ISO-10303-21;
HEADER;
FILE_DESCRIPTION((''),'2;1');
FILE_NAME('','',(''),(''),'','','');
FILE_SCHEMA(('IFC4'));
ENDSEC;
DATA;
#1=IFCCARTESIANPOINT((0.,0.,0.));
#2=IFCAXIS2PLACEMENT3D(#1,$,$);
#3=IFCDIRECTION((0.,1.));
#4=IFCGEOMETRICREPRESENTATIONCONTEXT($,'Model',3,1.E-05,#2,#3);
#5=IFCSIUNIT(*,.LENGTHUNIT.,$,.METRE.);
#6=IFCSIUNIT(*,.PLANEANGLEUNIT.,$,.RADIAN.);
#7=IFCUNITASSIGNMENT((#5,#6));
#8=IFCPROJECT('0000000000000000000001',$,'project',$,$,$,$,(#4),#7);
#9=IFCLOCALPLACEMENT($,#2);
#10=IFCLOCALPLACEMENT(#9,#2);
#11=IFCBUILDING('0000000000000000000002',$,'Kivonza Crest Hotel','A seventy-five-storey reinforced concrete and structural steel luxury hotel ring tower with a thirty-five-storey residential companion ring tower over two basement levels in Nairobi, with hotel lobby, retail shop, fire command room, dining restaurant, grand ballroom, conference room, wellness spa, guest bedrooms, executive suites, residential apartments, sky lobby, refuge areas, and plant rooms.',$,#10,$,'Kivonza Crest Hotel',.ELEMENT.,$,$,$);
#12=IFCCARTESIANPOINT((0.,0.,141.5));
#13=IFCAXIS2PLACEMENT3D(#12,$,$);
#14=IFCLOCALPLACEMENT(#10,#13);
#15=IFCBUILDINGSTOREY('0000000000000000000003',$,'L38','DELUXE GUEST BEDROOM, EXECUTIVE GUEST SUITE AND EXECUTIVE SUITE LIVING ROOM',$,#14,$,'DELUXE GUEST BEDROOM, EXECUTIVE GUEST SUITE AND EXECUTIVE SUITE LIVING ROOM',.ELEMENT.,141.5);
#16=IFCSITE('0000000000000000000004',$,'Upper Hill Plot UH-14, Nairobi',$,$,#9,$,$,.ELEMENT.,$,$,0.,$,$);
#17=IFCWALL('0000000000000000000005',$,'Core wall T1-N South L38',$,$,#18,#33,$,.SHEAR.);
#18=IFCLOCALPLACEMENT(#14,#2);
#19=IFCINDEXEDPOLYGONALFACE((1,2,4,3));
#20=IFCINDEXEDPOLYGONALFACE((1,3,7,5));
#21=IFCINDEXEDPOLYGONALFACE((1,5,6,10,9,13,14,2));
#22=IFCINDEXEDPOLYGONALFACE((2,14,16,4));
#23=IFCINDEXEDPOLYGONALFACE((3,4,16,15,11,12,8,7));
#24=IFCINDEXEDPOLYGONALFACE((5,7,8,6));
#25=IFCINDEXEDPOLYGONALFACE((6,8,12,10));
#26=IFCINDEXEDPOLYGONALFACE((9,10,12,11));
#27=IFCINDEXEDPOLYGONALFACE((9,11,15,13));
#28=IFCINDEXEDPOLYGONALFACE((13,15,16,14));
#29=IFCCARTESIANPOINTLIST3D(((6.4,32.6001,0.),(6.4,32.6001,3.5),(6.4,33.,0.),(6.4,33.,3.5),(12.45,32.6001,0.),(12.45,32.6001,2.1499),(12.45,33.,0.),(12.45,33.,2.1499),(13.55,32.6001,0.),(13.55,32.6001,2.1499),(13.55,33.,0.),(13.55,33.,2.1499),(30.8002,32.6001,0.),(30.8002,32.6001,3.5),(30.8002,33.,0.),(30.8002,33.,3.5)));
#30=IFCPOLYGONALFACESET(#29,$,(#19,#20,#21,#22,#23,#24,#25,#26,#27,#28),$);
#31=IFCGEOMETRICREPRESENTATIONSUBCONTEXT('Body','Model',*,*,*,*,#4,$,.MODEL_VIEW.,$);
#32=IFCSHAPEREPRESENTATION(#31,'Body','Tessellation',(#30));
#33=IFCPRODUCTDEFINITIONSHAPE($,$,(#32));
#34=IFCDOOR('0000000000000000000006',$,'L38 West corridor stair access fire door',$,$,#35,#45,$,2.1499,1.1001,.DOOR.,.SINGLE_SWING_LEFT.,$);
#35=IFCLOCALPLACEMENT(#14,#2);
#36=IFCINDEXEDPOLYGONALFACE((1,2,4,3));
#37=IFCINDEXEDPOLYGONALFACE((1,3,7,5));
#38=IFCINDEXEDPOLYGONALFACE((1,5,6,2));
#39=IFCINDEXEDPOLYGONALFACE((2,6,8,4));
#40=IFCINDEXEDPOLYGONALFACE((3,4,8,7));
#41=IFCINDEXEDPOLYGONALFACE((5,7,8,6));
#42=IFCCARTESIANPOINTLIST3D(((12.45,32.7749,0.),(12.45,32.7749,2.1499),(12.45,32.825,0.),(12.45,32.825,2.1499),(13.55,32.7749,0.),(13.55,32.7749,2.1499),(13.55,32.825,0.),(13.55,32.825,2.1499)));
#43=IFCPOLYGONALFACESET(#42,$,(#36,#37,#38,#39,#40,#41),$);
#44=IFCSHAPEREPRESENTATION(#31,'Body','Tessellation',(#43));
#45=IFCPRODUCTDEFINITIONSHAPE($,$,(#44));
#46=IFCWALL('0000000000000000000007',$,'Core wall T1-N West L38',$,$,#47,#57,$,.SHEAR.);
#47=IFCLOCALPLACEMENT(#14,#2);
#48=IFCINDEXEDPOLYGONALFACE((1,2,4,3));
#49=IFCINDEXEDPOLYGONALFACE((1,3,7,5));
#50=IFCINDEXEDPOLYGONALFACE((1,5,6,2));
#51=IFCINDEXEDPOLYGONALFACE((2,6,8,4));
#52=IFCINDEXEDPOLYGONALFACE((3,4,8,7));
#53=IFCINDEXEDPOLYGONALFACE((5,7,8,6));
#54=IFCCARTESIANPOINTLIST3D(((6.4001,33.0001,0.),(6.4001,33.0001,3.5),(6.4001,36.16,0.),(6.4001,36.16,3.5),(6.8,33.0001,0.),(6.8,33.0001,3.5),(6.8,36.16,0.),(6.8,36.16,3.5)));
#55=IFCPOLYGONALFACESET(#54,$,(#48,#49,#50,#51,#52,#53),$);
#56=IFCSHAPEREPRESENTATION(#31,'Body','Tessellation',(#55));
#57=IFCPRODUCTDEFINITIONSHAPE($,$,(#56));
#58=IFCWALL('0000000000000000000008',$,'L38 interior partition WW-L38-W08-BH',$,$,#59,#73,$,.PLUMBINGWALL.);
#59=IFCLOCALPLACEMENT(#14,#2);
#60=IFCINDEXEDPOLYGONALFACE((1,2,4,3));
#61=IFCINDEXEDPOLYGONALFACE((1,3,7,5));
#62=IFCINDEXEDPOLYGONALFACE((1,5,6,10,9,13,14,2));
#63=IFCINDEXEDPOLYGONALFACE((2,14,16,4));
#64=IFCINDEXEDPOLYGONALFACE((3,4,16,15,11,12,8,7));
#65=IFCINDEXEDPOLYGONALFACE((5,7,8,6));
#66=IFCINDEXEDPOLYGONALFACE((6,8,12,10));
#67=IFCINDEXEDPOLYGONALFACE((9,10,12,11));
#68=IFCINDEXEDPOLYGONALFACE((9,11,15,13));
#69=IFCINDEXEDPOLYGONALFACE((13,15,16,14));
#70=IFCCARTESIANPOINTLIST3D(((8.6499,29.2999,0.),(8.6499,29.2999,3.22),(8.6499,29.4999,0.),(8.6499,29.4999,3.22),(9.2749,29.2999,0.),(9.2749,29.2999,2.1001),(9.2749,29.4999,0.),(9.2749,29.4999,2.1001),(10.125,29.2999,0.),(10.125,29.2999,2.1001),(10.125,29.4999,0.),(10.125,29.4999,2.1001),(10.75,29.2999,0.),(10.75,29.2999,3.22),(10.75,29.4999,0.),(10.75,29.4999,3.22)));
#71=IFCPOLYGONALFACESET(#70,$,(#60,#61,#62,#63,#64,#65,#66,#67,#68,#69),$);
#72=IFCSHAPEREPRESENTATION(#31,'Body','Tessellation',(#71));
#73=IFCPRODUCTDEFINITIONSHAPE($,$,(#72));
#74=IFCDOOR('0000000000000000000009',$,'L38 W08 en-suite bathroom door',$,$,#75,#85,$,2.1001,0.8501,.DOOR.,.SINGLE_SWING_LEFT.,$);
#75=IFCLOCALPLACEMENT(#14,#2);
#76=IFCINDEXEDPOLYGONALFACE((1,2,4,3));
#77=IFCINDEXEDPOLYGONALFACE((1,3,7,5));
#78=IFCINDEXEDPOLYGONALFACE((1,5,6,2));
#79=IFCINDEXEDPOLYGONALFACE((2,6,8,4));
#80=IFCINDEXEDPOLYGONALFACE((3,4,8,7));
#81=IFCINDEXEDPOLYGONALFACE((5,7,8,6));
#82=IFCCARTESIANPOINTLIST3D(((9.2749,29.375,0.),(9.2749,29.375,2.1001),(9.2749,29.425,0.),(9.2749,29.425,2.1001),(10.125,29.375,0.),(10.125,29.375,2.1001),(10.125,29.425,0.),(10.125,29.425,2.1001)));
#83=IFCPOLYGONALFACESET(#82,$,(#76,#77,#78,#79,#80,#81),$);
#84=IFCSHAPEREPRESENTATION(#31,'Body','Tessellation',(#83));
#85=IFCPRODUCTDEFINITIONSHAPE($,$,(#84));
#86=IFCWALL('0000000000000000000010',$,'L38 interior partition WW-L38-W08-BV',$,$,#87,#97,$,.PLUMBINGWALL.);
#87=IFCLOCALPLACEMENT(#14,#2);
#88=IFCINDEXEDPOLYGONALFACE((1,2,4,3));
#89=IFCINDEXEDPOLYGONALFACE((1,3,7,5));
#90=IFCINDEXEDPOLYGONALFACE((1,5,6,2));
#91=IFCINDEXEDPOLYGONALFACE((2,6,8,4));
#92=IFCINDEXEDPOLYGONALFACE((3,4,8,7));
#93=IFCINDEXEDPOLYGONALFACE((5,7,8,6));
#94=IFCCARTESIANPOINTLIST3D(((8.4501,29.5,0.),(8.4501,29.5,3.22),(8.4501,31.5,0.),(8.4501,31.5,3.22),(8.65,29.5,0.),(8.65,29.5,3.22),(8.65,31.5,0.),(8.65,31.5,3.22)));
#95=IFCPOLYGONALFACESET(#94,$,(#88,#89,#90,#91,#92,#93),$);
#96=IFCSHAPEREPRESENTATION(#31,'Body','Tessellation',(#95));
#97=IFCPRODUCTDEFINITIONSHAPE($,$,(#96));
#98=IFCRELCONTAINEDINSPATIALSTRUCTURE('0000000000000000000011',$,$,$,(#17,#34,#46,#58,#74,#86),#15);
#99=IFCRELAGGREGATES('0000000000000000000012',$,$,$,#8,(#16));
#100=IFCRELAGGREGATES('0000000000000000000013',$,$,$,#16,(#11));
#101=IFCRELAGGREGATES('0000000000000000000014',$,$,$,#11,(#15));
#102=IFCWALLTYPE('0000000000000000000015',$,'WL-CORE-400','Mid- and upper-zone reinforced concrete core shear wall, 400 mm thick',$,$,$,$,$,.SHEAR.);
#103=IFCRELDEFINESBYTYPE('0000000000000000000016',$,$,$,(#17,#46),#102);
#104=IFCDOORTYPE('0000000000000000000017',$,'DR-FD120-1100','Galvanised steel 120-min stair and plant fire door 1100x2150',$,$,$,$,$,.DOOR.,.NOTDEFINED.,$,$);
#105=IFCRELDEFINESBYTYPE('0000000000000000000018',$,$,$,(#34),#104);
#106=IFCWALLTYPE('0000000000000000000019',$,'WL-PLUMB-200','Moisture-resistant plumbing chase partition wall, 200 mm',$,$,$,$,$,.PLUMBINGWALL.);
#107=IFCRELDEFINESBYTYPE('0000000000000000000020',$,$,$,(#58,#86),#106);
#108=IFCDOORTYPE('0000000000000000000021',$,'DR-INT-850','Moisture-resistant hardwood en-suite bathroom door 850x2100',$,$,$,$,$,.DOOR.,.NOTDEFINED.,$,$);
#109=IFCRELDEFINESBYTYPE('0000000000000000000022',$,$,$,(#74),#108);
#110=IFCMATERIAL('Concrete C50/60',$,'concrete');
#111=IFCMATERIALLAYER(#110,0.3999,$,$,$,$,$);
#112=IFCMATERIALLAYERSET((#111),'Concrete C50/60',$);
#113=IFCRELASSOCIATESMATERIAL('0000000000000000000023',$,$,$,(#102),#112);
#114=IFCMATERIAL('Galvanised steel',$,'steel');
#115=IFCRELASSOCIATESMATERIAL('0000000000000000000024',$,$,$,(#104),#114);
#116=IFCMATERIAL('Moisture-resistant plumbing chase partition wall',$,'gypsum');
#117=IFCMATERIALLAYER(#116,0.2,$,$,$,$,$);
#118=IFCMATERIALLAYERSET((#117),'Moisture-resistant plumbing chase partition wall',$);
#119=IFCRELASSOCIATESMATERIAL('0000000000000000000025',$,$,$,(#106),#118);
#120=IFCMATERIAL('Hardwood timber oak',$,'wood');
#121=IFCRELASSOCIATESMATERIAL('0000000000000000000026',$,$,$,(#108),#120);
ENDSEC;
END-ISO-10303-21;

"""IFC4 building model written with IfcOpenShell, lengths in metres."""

from ifc_helpers import new_model, si_unit, direction, frame, frame_2d, origin, place, context, subcontext, project, spatial, rectangle, extrude, material, layer, layer_set, type_object, element, fill, save


model = new_model("IFC4")

# Units and contexts
model_context = context("Model", 3, precision=1e-05, world=origin(), true_north=direction((0.0, 1.0)))
body_context = subcontext(model_context, "Body", "Model", "MODEL_VIEW")
ifc_project = project(units=[si_unit("LENGTHUNIT", "METRE"), si_unit("PLANEANGLEUNIT", "RADIAN")], contexts=[model_context])

# Site, building, storey
site_placement = place(None, origin())
site = spatial("IfcSite", under=ifc_project, at=site_placement, Name="Upper Hill Plot UH-14, Nairobi", CompositionType="ELEMENT", RefElevation=0.0)
building_placement = place(site_placement, origin())
building = spatial("IfcBuilding", under=site, at=building_placement, Name="Kivonza Crest Hotel", Description="A seventy-five-storey reinforced concrete and structural steel luxury hotel ring tower with a thirty-five-storey residential companion ring tower over two basement levels in Nairobi, with hotel lobby, retail shop, fire command room, dining restaurant, grand ballroom, conference room, wellness spa, guest bedrooms, executive suites, residential apartments, sky lobby, refuge areas, and plant rooms.", LongName="Kivonza Crest Hotel", CompositionType="ELEMENT")
storey_placement = place(building_placement, frame((0.0, 0.0, 141.5)))
storey = spatial("IfcBuildingStorey", under=building, at=storey_placement, Name="L38", Description="DELUXE GUEST BEDROOM, EXECUTIVE GUEST SUITE AND EXECUTIVE SUITE LIVING ROOM", LongName="DELUXE GUEST BEDROOM, EXECUTIVE GUEST SUITE AND EXECUTIVE SUITE LIVING ROOM", CompositionType="ELEMENT", Elevation=141.5)

# Shared definitions
ifc_material_1 = material(Name="Concrete C50/60", Category="concrete")

# Wall, opening, door
ifc_layer_1 = layer(ifc_material_1, 0.3999)
ifc_layer_set_1 = layer_set([ifc_layer_1], Name="Concrete C50/60")
wall_type_1 = type_object("IfcWallType", Name="WL-CORE-400", Description="Mid- and upper-zone reinforced concrete core shear wall, 400 mm thick", PredefinedType="SHEAR", material=ifc_layer_set_1)
wall_1_placement = place(storey_placement, frame((6.3999, 32.8, 0.0), z_axis=(0.0, 0.0, 1.0), x_axis=(1.0, 0.0, 0.0)))
wall_1 = element("IfcWall", 1, at=wall_1_placement, inside=storey, type_object=wall_type_1, Name="Core wall T1-N South L38", PredefinedType="SHEAR", context=body_context, shape_type="SweptSolid", body=[
    extrude(rectangle(XDim=24.4001, YDim=0.3999, at=frame_2d((12.2002, 0.0))), origin(), (0.0, 0.0, 1.0), 3.5),
])
opening_1_placement = place(wall_1_placement, frame((6.05, 0.0, 0.0)))
opening_1 = element("IfcOpeningElement", 2, at=opening_1_placement, cuts=wall_1, PredefinedType="OPENING", context=body_context, shape_type="SweptSolid", body=[
    extrude(rectangle(XDim=1.1001, YDim=2.1499, at=frame_2d((0.55, 1.075))), frame((0.0, 0.21, 0.0), z_axis=(0.0, -1.0, 0.0), x_axis=(1.0, 0.0, 0.0)), (0.0, 0.0, 1.0), 0.4199),
])
ifc_material_2 = material(Name="Galvanised steel", Category="steel")
door_type_1 = type_object("IfcDoorType", Name="DR-FD120-1100", Description="Galvanised steel 120-min stair and plant fire door 1100x2150", OperationType="NOTDEFINED", PredefinedType="DOOR", material=ifc_material_2)
door_1_placement = place(opening_1_placement, origin())
door_1 = element("IfcDoor", 3, at=door_1_placement, inside=storey, type_object=door_type_1, Name="L38 West corridor stair access fire door", OperationType="SINGLE_SWING_LEFT", OverallHeight=2.1499, OverallWidth=1.1001, PredefinedType="DOOR", context=body_context, shape_type="SweptSolid", body=[
    extrude(rectangle(XDim=1.1001, YDim=2.1499, at=frame_2d((0.55, 1.075))), frame((0.0, 0.0249, 0.0), z_axis=(0.0, -1.0, 0.0), x_axis=(1.0, 0.0, 0.0)), (0.0, 0.0, 1.0), 0.05),
])
fill(opening_1, door_1)

# Wall
wall_2_placement = place(storey_placement, frame((6.6001, 33.0, 0.0), z_axis=(0.0, 0.0, 1.0), x_axis=(0.0, 1.0, 0.0)))
element("IfcWall", 4, at=wall_2_placement, inside=storey, type_object=wall_type_1, Name="Core wall T1-N West L38", PredefinedType="SHEAR", context=body_context, shape_type="SweptSolid", body=[
    extrude(rectangle(XDim=3.1599, YDim=0.3999, at=frame_2d((1.5801, 0.0))), origin(), (0.0, 0.0, 1.0), 3.5),
])

# Wall, opening, door
ifc_material_3 = material(Name="Moisture-resistant plumbing chase partition wall", Category="gypsum")
ifc_layer_2 = layer(ifc_material_3, 0.2)
ifc_layer_set_2 = layer_set([ifc_layer_2], Name="Moisture-resistant plumbing chase partition wall")
wall_type_2 = type_object("IfcWallType", Name="WL-PLUMB-200", Description="Moisture-resistant plumbing chase partition wall, 200 mm", PredefinedType="PLUMBINGWALL", material=ifc_layer_set_2)
wall_3_placement = place(storey_placement, frame((8.6499, 29.3999, 0.0), z_axis=(0.0, 0.0, 1.0), x_axis=(1.0, 0.0, 0.0)))
wall_3 = element("IfcWall", 5, at=wall_3_placement, inside=storey, type_object=wall_type_2, Name="L38 interior partition WW-L38-W08-BH", PredefinedType="PLUMBINGWALL", context=body_context, shape_type="SweptSolid", body=[
    extrude(rectangle(XDim=2.1001, YDim=0.2, at=frame_2d((1.05, 0.0))), origin(), (0.0, 0.0, 1.0), 3.22),
])
opening_2_placement = place(wall_3_placement, frame((0.625, 0.0, 0.0)))
opening_2 = element("IfcOpeningElement", 6, at=opening_2_placement, cuts=wall_3, PredefinedType="OPENING", context=body_context, shape_type="SweptSolid", body=[
    extrude(rectangle(XDim=0.8501, YDim=2.1001, at=frame_2d((0.425, 1.05))), frame((0.0, 0.1099, 0.0), z_axis=(0.0, -1.0, 0.0), x_axis=(1.0, 0.0, 0.0)), (0.0, 0.0, 1.0), 0.22),
])
ifc_material_4 = material(Name="Hardwood timber oak", Category="wood")
door_type_2 = type_object("IfcDoorType", Name="DR-INT-850", Description="Moisture-resistant hardwood en-suite bathroom door 850x2100", OperationType="NOTDEFINED", PredefinedType="DOOR", material=ifc_material_4)
door_2_placement = place(opening_2_placement, frame((0.8501, 0.0, 0.0), z_axis=(0.0, 0.0, 1.0), x_axis=(-1.0, 0.0, 0.0)))
door_2 = element("IfcDoor", 7, at=door_2_placement, inside=storey, type_object=door_type_2, Name="L38 W08 en-suite bathroom door", OperationType="SINGLE_SWING_LEFT", OverallHeight=2.1001, OverallWidth=0.8501, PredefinedType="DOOR", context=body_context, shape_type="SweptSolid", body=[
    extrude(rectangle(XDim=0.8501, YDim=2.1001, at=frame_2d((0.425, 1.05))), frame((0.0, 0.0249, 0.0), z_axis=(0.0, -1.0, 0.0), x_axis=(1.0, 0.0, 0.0)), (0.0, 0.0, 1.0), 0.05),
])
fill(opening_2, door_2)

# Wall
wall_4_placement = place(storey_placement, frame((8.55, 29.5, 0.0), z_axis=(0.0, 0.0, 1.0), x_axis=(0.0, 1.0, 0.0)))
element("IfcWall", 8, at=wall_4_placement, inside=storey, type_object=wall_type_2, Name="L38 interior partition WW-L38-W08-BV", PredefinedType="PLUMBINGWALL", context=body_context, shape_type="SweptSolid", body=[
    extrude(rectangle(XDim=2.0, YDim=0.2, at=frame_2d((1.0, 0.0))), origin(), (0.0, 0.0, 1.0), 3.22),
])

save(model, "model.ifc")
